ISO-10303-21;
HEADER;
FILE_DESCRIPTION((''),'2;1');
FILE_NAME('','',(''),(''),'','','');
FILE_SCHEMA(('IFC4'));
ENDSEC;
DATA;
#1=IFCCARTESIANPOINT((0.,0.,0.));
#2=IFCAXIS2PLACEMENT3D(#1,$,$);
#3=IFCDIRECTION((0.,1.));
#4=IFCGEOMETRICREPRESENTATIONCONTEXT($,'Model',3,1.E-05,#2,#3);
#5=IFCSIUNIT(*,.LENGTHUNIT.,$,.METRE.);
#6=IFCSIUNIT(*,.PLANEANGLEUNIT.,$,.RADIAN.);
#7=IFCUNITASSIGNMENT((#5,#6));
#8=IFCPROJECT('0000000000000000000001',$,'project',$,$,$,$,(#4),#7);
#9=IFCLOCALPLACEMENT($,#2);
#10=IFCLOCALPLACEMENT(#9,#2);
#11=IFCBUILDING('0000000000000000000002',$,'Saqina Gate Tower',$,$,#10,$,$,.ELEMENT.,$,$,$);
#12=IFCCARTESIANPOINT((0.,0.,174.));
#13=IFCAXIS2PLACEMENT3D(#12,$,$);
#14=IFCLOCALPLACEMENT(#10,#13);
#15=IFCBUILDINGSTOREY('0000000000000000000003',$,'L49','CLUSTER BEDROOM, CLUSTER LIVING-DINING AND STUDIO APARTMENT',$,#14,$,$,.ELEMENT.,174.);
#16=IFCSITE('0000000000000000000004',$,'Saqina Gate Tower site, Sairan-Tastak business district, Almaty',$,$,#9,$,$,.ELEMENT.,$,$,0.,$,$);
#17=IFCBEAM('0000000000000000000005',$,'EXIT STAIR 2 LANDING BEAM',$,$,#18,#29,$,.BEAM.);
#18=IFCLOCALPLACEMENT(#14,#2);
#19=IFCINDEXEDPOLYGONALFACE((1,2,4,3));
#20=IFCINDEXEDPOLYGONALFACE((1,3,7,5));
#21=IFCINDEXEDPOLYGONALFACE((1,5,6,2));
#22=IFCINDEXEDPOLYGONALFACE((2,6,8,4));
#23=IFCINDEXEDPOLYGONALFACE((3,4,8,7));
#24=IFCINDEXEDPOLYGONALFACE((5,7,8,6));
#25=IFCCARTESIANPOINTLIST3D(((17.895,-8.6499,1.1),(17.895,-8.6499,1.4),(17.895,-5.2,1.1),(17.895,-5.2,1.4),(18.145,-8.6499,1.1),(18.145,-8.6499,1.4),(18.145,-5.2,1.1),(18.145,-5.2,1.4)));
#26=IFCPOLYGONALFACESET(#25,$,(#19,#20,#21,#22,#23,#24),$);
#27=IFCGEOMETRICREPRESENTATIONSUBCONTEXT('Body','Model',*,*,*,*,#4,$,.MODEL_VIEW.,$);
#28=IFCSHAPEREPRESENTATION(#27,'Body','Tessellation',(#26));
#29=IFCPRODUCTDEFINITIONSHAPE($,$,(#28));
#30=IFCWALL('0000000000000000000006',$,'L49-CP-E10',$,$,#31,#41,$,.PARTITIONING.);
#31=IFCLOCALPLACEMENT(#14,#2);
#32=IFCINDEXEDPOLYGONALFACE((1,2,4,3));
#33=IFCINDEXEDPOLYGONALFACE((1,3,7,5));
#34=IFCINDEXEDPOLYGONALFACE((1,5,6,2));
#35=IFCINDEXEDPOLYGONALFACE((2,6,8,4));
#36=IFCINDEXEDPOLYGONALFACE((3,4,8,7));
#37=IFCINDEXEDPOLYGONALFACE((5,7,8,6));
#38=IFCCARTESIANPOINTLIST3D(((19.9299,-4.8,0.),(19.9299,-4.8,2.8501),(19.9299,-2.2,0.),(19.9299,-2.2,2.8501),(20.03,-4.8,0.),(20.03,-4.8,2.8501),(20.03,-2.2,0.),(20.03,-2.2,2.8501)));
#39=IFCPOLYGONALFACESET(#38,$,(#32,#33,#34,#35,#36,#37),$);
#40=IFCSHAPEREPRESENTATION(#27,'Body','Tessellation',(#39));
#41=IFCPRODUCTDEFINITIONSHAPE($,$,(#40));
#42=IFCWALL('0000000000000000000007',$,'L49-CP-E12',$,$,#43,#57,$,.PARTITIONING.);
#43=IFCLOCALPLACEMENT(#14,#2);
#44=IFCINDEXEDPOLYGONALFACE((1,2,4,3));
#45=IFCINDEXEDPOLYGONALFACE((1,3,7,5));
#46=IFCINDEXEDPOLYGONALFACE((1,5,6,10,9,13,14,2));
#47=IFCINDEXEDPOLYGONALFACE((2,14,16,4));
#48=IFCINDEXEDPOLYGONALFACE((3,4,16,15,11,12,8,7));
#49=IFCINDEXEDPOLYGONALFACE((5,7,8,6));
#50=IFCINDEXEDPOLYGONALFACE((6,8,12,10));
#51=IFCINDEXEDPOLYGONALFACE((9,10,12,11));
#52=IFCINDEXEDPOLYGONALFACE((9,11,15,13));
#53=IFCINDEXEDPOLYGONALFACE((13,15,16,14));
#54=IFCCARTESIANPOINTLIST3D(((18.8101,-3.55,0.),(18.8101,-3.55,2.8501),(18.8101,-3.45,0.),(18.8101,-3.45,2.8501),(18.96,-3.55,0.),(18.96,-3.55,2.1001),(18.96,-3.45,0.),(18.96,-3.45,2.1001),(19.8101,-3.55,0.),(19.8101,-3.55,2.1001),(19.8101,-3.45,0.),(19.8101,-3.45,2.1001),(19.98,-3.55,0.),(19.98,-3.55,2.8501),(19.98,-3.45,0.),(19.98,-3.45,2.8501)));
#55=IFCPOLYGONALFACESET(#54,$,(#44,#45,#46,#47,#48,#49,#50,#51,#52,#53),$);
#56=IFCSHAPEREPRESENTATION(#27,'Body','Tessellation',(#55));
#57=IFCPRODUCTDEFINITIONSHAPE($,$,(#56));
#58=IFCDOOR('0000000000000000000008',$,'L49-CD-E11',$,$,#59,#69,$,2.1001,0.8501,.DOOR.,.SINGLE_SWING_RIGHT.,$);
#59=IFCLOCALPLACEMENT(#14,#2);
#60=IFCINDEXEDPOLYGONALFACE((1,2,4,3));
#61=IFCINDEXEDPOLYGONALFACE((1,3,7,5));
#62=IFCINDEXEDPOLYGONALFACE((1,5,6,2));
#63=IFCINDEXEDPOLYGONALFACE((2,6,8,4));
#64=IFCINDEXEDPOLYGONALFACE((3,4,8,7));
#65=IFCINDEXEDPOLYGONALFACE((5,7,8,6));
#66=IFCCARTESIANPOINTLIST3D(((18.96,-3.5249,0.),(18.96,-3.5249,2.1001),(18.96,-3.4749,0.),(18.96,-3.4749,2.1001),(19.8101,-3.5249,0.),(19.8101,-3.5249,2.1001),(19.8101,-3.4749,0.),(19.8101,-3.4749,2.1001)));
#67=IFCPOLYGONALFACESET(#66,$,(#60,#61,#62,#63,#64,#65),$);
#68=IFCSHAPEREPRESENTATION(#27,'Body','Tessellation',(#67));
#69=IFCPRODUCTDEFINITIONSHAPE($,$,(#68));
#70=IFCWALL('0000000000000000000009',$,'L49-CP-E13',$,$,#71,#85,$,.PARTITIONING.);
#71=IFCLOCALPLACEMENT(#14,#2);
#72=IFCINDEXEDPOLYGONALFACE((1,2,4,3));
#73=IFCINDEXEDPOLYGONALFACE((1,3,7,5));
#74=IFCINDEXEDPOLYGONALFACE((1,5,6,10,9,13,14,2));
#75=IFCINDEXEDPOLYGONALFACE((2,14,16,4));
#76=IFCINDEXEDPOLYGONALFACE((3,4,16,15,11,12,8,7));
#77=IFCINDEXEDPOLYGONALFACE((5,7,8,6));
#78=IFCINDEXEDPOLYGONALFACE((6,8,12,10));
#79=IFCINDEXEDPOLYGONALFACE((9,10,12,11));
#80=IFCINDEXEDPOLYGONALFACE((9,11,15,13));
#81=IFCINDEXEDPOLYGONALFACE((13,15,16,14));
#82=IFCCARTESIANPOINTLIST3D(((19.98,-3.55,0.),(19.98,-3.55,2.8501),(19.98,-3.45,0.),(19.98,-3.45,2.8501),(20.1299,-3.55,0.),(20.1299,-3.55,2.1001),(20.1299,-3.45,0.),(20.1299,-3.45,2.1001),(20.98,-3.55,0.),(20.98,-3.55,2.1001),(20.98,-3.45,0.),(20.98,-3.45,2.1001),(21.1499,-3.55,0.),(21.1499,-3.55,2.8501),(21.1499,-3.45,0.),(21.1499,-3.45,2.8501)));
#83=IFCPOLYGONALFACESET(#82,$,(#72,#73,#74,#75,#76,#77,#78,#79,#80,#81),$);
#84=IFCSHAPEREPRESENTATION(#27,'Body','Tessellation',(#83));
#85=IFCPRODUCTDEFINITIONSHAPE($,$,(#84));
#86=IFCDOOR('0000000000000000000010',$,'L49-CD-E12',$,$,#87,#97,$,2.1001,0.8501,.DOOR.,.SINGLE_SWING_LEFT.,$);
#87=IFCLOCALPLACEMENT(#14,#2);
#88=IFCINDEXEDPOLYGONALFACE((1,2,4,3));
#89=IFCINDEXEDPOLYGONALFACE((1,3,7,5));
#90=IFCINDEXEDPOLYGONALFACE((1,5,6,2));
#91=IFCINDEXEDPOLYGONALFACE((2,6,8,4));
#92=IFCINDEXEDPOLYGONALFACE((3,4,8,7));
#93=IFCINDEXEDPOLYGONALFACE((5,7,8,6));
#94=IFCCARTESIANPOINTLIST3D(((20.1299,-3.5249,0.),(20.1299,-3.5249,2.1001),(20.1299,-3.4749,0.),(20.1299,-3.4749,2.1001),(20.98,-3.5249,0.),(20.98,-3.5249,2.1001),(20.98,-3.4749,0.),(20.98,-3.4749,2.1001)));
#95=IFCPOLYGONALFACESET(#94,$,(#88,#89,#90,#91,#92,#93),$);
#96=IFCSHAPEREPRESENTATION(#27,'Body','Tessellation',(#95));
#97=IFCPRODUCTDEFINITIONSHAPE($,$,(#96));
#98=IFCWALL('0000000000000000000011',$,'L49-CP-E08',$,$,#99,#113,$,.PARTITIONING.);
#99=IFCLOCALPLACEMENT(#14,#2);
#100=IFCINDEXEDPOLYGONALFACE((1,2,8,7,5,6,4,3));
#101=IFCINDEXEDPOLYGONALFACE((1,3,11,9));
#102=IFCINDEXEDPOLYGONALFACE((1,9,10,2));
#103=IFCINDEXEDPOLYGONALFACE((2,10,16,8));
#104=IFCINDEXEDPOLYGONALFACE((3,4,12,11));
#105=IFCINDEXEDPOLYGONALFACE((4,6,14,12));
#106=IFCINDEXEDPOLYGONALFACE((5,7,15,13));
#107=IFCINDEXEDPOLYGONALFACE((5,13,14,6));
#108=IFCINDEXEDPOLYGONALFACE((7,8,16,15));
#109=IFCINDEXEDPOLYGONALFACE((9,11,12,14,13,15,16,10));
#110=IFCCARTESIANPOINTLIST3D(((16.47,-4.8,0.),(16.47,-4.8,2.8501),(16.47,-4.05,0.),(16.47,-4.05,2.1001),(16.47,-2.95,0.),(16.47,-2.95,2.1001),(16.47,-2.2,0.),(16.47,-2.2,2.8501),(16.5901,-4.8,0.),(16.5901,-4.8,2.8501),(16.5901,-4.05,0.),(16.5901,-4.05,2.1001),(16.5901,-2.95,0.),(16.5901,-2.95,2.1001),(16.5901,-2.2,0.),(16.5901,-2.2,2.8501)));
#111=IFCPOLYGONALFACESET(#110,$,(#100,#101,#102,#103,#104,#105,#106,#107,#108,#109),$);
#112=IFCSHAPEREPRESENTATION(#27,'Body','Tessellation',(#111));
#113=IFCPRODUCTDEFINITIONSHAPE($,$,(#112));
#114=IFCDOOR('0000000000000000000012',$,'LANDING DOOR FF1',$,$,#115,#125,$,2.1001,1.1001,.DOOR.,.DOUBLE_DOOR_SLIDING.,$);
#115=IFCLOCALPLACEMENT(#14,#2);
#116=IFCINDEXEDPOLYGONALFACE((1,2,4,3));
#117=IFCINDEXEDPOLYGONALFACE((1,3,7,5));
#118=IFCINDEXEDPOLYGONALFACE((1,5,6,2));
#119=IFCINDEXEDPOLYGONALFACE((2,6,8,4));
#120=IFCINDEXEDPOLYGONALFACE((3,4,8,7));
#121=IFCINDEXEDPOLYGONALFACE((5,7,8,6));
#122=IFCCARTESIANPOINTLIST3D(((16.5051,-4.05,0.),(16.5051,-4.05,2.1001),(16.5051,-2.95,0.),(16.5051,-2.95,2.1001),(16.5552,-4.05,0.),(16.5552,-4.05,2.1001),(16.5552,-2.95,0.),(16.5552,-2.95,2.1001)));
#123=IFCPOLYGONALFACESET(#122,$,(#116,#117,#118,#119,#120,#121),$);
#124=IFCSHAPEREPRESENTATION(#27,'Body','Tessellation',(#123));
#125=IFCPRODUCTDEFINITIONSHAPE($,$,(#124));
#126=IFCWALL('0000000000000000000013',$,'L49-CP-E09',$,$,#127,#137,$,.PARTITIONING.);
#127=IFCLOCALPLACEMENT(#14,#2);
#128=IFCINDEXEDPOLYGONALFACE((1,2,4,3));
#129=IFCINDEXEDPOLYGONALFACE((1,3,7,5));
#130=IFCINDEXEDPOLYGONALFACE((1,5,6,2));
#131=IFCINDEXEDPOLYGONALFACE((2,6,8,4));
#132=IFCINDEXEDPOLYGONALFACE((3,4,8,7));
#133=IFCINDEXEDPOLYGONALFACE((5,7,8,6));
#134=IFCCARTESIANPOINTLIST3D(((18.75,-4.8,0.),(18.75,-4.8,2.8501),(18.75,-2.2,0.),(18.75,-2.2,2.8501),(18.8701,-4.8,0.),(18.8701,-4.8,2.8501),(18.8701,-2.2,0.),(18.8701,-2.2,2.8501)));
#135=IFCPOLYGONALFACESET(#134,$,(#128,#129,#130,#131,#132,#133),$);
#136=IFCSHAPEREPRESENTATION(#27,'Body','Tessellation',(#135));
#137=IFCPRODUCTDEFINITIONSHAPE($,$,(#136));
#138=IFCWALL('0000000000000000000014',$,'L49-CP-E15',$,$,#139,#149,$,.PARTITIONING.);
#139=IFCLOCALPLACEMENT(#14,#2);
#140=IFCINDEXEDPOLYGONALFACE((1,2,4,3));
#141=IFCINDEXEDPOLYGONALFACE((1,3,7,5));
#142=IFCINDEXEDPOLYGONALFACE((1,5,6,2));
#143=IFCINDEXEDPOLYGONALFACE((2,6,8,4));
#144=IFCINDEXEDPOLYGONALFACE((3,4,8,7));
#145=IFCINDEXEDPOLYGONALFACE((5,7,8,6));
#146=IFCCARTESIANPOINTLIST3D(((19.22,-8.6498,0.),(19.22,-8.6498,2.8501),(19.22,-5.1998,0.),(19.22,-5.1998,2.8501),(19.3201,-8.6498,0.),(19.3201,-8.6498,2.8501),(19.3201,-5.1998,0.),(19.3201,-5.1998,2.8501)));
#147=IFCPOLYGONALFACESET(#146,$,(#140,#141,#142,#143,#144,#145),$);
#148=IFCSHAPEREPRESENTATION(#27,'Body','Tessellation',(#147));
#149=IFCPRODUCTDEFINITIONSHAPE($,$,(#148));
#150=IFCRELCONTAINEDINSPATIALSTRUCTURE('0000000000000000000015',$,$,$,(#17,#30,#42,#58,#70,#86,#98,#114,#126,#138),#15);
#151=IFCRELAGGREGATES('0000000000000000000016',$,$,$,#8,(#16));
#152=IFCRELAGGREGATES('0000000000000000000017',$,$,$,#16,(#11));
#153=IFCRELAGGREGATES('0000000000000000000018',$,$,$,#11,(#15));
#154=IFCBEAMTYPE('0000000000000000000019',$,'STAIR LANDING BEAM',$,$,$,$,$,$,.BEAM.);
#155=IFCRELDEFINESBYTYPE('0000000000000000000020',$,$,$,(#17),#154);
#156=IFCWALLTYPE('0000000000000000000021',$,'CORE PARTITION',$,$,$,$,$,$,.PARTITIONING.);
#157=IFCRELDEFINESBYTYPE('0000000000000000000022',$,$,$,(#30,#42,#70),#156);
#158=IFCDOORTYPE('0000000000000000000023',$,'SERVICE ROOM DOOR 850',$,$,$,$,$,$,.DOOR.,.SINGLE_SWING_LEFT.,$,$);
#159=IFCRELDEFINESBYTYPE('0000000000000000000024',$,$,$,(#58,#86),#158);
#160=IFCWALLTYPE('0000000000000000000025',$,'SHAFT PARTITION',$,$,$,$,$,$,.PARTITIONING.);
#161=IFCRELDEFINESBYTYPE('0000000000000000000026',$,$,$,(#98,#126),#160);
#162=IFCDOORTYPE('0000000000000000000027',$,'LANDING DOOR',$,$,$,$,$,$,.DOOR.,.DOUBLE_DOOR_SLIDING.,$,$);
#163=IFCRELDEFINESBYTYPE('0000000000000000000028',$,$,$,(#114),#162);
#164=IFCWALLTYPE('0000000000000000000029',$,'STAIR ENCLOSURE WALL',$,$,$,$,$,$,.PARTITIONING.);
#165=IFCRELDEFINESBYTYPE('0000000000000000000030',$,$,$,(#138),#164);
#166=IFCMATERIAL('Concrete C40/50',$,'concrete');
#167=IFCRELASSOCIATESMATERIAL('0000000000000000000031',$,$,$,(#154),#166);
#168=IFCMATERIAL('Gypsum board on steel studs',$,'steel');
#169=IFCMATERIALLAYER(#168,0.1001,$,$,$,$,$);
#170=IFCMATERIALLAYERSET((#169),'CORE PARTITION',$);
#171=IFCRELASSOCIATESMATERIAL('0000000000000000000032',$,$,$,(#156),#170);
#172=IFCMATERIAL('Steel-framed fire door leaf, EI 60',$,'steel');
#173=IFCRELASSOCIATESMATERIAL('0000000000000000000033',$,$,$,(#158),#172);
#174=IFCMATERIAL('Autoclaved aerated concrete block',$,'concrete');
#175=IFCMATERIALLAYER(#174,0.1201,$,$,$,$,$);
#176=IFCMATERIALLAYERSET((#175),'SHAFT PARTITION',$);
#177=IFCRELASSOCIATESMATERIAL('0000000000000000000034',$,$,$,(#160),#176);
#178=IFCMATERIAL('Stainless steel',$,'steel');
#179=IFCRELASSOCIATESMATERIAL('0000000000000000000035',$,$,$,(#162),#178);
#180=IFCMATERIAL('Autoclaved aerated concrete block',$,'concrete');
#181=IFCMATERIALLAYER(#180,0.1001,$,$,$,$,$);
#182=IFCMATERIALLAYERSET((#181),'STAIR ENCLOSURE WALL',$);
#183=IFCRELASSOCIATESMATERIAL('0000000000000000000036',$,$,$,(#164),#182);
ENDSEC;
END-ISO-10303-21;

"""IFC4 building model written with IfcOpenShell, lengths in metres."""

from ifc_helpers import new_model, si_unit, direction, frame, frame_2d, origin, origin_2d, place, context, subcontext, project, spatial, rectangle, extrude, material, layer, layer_set, material_profile, profile_set, type_object, element, fill, save


model = new_model("IFC4")

# Units and contexts
model_context = context("Model", 3, precision=1e-05, world=origin(), true_north=direction((0.0, 1.0)))
body_context = subcontext(model_context, "Body", "Model", "MODEL_VIEW")
ifc_project = project(units=[si_unit("LENGTHUNIT", "METRE"), si_unit("PLANEANGLEUNIT", "RADIAN")], contexts=[model_context])

# Site, building, storey
site_placement = place(None, origin())
site = spatial("IfcSite", under=ifc_project, at=site_placement, Name="Saqina Gate Tower site, Sairan-Tastak business district, Almaty", CompositionType="ELEMENT", RefElevation=0.0)
building_placement = place(site_placement, origin())
building = spatial("IfcBuilding", under=site, at=building_placement, Name="Saqina Gate Tower", CompositionType="ELEMENT")
storey_placement = place(building_placement, frame((0.0, 0.0, 174.0)))
storey = spatial("IfcBuildingStorey", under=building, at=storey_placement, Name="L49", Description="CLUSTER BEDROOM, CLUSTER LIVING-DINING AND STUDIO APARTMENT", CompositionType="ELEMENT", Elevation=174.0)

# Beam
ifc_material_1 = material(Name="Concrete C40/50", Category="concrete")
ifc_material_profile = material_profile(ifc_material_1, rectangle(XDim=0.25, YDim=0.3, at=origin_2d()), Name="STAIR LANDING BEAM")
ifc_profile_set = profile_set([ifc_material_profile], Name="Concrete C40/50")
beam_type = type_object("IfcBeamType", Name="STAIR LANDING BEAM", PredefinedType="BEAM", material=ifc_profile_set)
beam_placement = place(storey_placement, frame((18.02, -8.6499, 1.25), z_axis=(0.0, 1.0, 0.0), x_axis=(-1.0, 0.0, 0.0)))
element("IfcBeam", 1, at=beam_placement, inside=storey, type_object=beam_type, Name="EXIT STAIR 2 LANDING BEAM", PredefinedType="BEAM", context=body_context, shape_type="SweptSolid", body=[
    extrude(rectangle(XDim=0.25, YDim=0.3, at=origin_2d()), origin(), (0.0, 0.0, 1.0), 3.45),
])

# Wall
ifc_material_2 = material(Name="Gypsum board on steel studs", Category="steel")
ifc_layer_1 = layer(ifc_material_2, 0.1001)
ifc_layer_set_1 = layer_set([ifc_layer_1], Name="CORE PARTITION")
wall_type_1 = type_object("IfcWallType", Name="CORE PARTITION", PredefinedType="PARTITIONING", material=ifc_layer_set_1)
wall_1_placement = place(storey_placement, frame((19.98, -4.8, 0.0), z_axis=(0.0, 0.0, 1.0), x_axis=(0.0, 1.0, 0.0)))
element("IfcWall", 2, at=wall_1_placement, inside=storey, type_object=wall_type_1, Name="L49-CP-E10", PredefinedType="PARTITIONING", context=body_context, shape_type="SweptSolid", body=[
    extrude(rectangle(XDim=2.6001, YDim=0.1001, at=frame_2d((1.3, 0.0))), origin(), (0.0, 0.0, 1.0), 2.8501),
])

# Walls, openings, doors
wall_2_placement = place(storey_placement, frame((18.8101, -3.5, 0.0), z_axis=(0.0, 0.0, 1.0), x_axis=(1.0, 0.0, 0.0)))
wall_2 = element("IfcWall", 3, at=wall_2_placement, inside=storey, type_object=wall_type_1, Name="L49-CP-E12", PredefinedType="PARTITIONING", context=body_context, shape_type="SweptSolid", body=[
    extrude(rectangle(XDim=1.1699, YDim=0.1001, at=frame_2d((0.585, 0.0))), origin(), (0.0, 0.0, 1.0), 2.8501),
])
opening_1_placement = place(wall_2_placement, frame((0.1499, 0.0, 0.0)))
opening_1 = element("IfcOpeningElement", 4, at=opening_1_placement, cuts=wall_2, PredefinedType="OPENING", context=body_context, shape_type="SweptSolid", body=[
    extrude(rectangle(XDim=0.8501, YDim=2.1001, at=frame_2d((0.425, 1.05))), frame((0.0, 0.062, 0.0), z_axis=(0.0, -1.0, 0.0), x_axis=(1.0, 0.0, 0.0)), (0.0, 0.0, 1.0), 0.124),
])
ifc_material_3 = material(Name="Steel-framed fire door leaf, EI 60", Category="steel")
door_type_1 = type_object("IfcDoorType", Name="SERVICE ROOM DOOR 850", OperationType="SINGLE_SWING_LEFT", PredefinedType="DOOR", material=ifc_material_3)
door_1_placement = place(opening_1_placement, frame((0.8501, 0.0, 0.0), z_axis=(0.0, 0.0, 1.0), x_axis=(-1.0, 0.0, 0.0)))
door_1 = element("IfcDoor", 5, at=door_1_placement, inside=storey, type_object=door_type_1, Name="L49-CD-E11", OperationType="SINGLE_SWING_RIGHT", OverallHeight=2.1001, OverallWidth=0.8501, PredefinedType="DOOR", context=body_context, shape_type="SweptSolid", body=[
    extrude(rectangle(XDim=0.8501, YDim=2.1001, at=frame_2d((0.425, 1.05))), frame((0.0, 0.0249, 0.0), z_axis=(0.0, -1.0, 0.0), x_axis=(1.0, 0.0, 0.0)), (0.0, 0.0, 1.0), 0.05),
])
fill(opening_1, door_1)
wall_3_placement = place(storey_placement, frame((19.98, -3.5, 0.0), z_axis=(0.0, 0.0, 1.0), x_axis=(1.0, 0.0, 0.0)))
wall_3 = element("IfcWall", 6, at=wall_3_placement, inside=storey, type_object=wall_type_1, Name="L49-CP-E13", PredefinedType="PARTITIONING", context=body_context, shape_type="SweptSolid", body=[
    extrude(rectangle(XDim=1.1699, YDim=0.1001, at=frame_2d((0.585, 0.0))), origin(), (0.0, 0.0, 1.0), 2.8501),
])
opening_2_placement = place(wall_3_placement, frame((0.1499, 0.0, 0.0)))
opening_2 = element("IfcOpeningElement", 7, at=opening_2_placement, cuts=wall_3, PredefinedType="OPENING", context=body_context, shape_type="SweptSolid", body=[
    extrude(rectangle(XDim=0.8501, YDim=2.1001, at=frame_2d((0.425, 1.05))), frame((0.0, 0.062, 0.0), z_axis=(0.0, -1.0, 0.0), x_axis=(1.0, 0.0, 0.0)), (0.0, 0.0, 1.0), 0.124),
])
door_2_placement = place(opening_2_placement, frame((0.8501, 0.0, 0.0), z_axis=(0.0, 0.0, 1.0), x_axis=(-1.0, 0.0, 0.0)))
door_2 = element("IfcDoor", 8, at=door_2_placement, inside=storey, type_object=door_type_1, Name="L49-CD-E12", OperationType="SINGLE_SWING_LEFT", OverallHeight=2.1001, OverallWidth=0.8501, PredefinedType="DOOR", context=body_context, shape_type="SweptSolid", body=[
    extrude(rectangle(XDim=0.8501, YDim=2.1001, at=frame_2d((0.425, 1.05))), frame((0.0, 0.0249, 0.0), z_axis=(0.0, -1.0, 0.0), x_axis=(1.0, 0.0, 0.0)), (0.0, 0.0, 1.0), 0.05),
])
fill(opening_2, door_2)
ifc_material_4 = material(Name="Autoclaved aerated concrete block", Category="concrete")
ifc_layer_2 = layer(ifc_material_4, 0.1201)
ifc_layer_set_2 = layer_set([ifc_layer_2], Name="SHAFT PARTITION")
wall_type_2 = type_object("IfcWallType", Name="SHAFT PARTITION", PredefinedType="PARTITIONING", material=ifc_layer_set_2)
wall_4_placement = place(storey_placement, frame((16.53, -4.8, 0.0), z_axis=(0.0, 0.0, 1.0), x_axis=(0.0, 1.0, 0.0)))
wall_4 = element("IfcWall", 9, at=wall_4_placement, inside=storey, type_object=wall_type_2, Name="L49-CP-E08", PredefinedType="PARTITIONING", context=body_context, shape_type="SweptSolid", body=[
    extrude(rectangle(XDim=2.6001, YDim=0.1201, at=frame_2d((1.3, 0.0))), origin(), (0.0, 0.0, 1.0), 2.8501),
])
opening_3_placement = place(wall_4_placement, frame((0.75, 0.0, 0.0)))
opening_3 = element("IfcOpeningElement", 10, at=opening_3_placement, cuts=wall_4, PredefinedType="OPENING", context=body_context, shape_type="SweptSolid", body=[
    extrude(rectangle(XDim=1.1001, YDim=2.1001, at=frame_2d((0.55, 1.05))), frame((0.0, 0.072, 0.0), z_axis=(0.0, -1.0, 0.0), x_axis=(1.0, 0.0, 0.0)), (0.0, 0.0, 1.0), 0.144),
])
ifc_material_5 = material(Name="Stainless steel", Category="steel")
door_type_2 = type_object("IfcDoorType", Name="LANDING DOOR", OperationType="DOUBLE_DOOR_SLIDING", PredefinedType="DOOR", material=ifc_material_5)
door_3_placement = place(opening_3_placement, origin())
door_3 = element("IfcDoor", 11, at=door_3_placement, inside=storey, type_object=door_type_2, Name="LANDING DOOR FF1", OperationType="DOUBLE_DOOR_SLIDING", OverallHeight=2.1001, OverallWidth=1.1001, PredefinedType="DOOR", context=body_context, shape_type="SweptSolid", body=[
    extrude(rectangle(XDim=1.1001, YDim=2.1001, at=frame_2d((0.55, 1.05))), frame((0.0, 0.0249, 0.0), z_axis=(0.0, -1.0, 0.0), x_axis=(1.0, 0.0, 0.0)), (0.0, 0.0, 1.0), 0.05),
])
fill(opening_3, door_3)

# Walls
wall_5_placement = place(storey_placement, frame((18.8101, -4.8, 0.0), z_axis=(0.0, 0.0, 1.0), x_axis=(0.0, 1.0, 0.0)))
element("IfcWall", 12, at=wall_5_placement, inside=storey, type_object=wall_type_2, Name="L49-CP-E09", PredefinedType="PARTITIONING", context=body_context, shape_type="SweptSolid", body=[
    extrude(rectangle(XDim=2.6001, YDim=0.1201, at=frame_2d((1.3, 0.0))), origin(), (0.0, 0.0, 1.0), 2.8501),
])
ifc_material_6 = material(Name="Autoclaved aerated concrete block", Category="concrete")
ifc_layer_3 = layer(ifc_material_6, 0.1001)
ifc_layer_set_3 = layer_set([ifc_layer_3], Name="STAIR ENCLOSURE WALL")
wall_type_3 = type_object("IfcWallType", Name="STAIR ENCLOSURE WALL", PredefinedType="PARTITIONING", material=ifc_layer_set_3)
wall_6_placement = place(storey_placement, frame((19.27, -8.6499, 0.0), z_axis=(0.0, 0.0, 1.0), x_axis=(0.0, 1.0, 0.0)))
element("IfcWall", 13, at=wall_6_placement, inside=storey, type_object=wall_type_3, Name="L49-CP-E15", PredefinedType="PARTITIONING", context=body_context, shape_type="SweptSolid", body=[
    extrude(rectangle(XDim=3.45, YDim=0.1001, at=frame_2d((1.7251, 0.0))), origin(), (0.0, 0.0, 1.0), 2.8501),
])

save(model, "model.ifc")
